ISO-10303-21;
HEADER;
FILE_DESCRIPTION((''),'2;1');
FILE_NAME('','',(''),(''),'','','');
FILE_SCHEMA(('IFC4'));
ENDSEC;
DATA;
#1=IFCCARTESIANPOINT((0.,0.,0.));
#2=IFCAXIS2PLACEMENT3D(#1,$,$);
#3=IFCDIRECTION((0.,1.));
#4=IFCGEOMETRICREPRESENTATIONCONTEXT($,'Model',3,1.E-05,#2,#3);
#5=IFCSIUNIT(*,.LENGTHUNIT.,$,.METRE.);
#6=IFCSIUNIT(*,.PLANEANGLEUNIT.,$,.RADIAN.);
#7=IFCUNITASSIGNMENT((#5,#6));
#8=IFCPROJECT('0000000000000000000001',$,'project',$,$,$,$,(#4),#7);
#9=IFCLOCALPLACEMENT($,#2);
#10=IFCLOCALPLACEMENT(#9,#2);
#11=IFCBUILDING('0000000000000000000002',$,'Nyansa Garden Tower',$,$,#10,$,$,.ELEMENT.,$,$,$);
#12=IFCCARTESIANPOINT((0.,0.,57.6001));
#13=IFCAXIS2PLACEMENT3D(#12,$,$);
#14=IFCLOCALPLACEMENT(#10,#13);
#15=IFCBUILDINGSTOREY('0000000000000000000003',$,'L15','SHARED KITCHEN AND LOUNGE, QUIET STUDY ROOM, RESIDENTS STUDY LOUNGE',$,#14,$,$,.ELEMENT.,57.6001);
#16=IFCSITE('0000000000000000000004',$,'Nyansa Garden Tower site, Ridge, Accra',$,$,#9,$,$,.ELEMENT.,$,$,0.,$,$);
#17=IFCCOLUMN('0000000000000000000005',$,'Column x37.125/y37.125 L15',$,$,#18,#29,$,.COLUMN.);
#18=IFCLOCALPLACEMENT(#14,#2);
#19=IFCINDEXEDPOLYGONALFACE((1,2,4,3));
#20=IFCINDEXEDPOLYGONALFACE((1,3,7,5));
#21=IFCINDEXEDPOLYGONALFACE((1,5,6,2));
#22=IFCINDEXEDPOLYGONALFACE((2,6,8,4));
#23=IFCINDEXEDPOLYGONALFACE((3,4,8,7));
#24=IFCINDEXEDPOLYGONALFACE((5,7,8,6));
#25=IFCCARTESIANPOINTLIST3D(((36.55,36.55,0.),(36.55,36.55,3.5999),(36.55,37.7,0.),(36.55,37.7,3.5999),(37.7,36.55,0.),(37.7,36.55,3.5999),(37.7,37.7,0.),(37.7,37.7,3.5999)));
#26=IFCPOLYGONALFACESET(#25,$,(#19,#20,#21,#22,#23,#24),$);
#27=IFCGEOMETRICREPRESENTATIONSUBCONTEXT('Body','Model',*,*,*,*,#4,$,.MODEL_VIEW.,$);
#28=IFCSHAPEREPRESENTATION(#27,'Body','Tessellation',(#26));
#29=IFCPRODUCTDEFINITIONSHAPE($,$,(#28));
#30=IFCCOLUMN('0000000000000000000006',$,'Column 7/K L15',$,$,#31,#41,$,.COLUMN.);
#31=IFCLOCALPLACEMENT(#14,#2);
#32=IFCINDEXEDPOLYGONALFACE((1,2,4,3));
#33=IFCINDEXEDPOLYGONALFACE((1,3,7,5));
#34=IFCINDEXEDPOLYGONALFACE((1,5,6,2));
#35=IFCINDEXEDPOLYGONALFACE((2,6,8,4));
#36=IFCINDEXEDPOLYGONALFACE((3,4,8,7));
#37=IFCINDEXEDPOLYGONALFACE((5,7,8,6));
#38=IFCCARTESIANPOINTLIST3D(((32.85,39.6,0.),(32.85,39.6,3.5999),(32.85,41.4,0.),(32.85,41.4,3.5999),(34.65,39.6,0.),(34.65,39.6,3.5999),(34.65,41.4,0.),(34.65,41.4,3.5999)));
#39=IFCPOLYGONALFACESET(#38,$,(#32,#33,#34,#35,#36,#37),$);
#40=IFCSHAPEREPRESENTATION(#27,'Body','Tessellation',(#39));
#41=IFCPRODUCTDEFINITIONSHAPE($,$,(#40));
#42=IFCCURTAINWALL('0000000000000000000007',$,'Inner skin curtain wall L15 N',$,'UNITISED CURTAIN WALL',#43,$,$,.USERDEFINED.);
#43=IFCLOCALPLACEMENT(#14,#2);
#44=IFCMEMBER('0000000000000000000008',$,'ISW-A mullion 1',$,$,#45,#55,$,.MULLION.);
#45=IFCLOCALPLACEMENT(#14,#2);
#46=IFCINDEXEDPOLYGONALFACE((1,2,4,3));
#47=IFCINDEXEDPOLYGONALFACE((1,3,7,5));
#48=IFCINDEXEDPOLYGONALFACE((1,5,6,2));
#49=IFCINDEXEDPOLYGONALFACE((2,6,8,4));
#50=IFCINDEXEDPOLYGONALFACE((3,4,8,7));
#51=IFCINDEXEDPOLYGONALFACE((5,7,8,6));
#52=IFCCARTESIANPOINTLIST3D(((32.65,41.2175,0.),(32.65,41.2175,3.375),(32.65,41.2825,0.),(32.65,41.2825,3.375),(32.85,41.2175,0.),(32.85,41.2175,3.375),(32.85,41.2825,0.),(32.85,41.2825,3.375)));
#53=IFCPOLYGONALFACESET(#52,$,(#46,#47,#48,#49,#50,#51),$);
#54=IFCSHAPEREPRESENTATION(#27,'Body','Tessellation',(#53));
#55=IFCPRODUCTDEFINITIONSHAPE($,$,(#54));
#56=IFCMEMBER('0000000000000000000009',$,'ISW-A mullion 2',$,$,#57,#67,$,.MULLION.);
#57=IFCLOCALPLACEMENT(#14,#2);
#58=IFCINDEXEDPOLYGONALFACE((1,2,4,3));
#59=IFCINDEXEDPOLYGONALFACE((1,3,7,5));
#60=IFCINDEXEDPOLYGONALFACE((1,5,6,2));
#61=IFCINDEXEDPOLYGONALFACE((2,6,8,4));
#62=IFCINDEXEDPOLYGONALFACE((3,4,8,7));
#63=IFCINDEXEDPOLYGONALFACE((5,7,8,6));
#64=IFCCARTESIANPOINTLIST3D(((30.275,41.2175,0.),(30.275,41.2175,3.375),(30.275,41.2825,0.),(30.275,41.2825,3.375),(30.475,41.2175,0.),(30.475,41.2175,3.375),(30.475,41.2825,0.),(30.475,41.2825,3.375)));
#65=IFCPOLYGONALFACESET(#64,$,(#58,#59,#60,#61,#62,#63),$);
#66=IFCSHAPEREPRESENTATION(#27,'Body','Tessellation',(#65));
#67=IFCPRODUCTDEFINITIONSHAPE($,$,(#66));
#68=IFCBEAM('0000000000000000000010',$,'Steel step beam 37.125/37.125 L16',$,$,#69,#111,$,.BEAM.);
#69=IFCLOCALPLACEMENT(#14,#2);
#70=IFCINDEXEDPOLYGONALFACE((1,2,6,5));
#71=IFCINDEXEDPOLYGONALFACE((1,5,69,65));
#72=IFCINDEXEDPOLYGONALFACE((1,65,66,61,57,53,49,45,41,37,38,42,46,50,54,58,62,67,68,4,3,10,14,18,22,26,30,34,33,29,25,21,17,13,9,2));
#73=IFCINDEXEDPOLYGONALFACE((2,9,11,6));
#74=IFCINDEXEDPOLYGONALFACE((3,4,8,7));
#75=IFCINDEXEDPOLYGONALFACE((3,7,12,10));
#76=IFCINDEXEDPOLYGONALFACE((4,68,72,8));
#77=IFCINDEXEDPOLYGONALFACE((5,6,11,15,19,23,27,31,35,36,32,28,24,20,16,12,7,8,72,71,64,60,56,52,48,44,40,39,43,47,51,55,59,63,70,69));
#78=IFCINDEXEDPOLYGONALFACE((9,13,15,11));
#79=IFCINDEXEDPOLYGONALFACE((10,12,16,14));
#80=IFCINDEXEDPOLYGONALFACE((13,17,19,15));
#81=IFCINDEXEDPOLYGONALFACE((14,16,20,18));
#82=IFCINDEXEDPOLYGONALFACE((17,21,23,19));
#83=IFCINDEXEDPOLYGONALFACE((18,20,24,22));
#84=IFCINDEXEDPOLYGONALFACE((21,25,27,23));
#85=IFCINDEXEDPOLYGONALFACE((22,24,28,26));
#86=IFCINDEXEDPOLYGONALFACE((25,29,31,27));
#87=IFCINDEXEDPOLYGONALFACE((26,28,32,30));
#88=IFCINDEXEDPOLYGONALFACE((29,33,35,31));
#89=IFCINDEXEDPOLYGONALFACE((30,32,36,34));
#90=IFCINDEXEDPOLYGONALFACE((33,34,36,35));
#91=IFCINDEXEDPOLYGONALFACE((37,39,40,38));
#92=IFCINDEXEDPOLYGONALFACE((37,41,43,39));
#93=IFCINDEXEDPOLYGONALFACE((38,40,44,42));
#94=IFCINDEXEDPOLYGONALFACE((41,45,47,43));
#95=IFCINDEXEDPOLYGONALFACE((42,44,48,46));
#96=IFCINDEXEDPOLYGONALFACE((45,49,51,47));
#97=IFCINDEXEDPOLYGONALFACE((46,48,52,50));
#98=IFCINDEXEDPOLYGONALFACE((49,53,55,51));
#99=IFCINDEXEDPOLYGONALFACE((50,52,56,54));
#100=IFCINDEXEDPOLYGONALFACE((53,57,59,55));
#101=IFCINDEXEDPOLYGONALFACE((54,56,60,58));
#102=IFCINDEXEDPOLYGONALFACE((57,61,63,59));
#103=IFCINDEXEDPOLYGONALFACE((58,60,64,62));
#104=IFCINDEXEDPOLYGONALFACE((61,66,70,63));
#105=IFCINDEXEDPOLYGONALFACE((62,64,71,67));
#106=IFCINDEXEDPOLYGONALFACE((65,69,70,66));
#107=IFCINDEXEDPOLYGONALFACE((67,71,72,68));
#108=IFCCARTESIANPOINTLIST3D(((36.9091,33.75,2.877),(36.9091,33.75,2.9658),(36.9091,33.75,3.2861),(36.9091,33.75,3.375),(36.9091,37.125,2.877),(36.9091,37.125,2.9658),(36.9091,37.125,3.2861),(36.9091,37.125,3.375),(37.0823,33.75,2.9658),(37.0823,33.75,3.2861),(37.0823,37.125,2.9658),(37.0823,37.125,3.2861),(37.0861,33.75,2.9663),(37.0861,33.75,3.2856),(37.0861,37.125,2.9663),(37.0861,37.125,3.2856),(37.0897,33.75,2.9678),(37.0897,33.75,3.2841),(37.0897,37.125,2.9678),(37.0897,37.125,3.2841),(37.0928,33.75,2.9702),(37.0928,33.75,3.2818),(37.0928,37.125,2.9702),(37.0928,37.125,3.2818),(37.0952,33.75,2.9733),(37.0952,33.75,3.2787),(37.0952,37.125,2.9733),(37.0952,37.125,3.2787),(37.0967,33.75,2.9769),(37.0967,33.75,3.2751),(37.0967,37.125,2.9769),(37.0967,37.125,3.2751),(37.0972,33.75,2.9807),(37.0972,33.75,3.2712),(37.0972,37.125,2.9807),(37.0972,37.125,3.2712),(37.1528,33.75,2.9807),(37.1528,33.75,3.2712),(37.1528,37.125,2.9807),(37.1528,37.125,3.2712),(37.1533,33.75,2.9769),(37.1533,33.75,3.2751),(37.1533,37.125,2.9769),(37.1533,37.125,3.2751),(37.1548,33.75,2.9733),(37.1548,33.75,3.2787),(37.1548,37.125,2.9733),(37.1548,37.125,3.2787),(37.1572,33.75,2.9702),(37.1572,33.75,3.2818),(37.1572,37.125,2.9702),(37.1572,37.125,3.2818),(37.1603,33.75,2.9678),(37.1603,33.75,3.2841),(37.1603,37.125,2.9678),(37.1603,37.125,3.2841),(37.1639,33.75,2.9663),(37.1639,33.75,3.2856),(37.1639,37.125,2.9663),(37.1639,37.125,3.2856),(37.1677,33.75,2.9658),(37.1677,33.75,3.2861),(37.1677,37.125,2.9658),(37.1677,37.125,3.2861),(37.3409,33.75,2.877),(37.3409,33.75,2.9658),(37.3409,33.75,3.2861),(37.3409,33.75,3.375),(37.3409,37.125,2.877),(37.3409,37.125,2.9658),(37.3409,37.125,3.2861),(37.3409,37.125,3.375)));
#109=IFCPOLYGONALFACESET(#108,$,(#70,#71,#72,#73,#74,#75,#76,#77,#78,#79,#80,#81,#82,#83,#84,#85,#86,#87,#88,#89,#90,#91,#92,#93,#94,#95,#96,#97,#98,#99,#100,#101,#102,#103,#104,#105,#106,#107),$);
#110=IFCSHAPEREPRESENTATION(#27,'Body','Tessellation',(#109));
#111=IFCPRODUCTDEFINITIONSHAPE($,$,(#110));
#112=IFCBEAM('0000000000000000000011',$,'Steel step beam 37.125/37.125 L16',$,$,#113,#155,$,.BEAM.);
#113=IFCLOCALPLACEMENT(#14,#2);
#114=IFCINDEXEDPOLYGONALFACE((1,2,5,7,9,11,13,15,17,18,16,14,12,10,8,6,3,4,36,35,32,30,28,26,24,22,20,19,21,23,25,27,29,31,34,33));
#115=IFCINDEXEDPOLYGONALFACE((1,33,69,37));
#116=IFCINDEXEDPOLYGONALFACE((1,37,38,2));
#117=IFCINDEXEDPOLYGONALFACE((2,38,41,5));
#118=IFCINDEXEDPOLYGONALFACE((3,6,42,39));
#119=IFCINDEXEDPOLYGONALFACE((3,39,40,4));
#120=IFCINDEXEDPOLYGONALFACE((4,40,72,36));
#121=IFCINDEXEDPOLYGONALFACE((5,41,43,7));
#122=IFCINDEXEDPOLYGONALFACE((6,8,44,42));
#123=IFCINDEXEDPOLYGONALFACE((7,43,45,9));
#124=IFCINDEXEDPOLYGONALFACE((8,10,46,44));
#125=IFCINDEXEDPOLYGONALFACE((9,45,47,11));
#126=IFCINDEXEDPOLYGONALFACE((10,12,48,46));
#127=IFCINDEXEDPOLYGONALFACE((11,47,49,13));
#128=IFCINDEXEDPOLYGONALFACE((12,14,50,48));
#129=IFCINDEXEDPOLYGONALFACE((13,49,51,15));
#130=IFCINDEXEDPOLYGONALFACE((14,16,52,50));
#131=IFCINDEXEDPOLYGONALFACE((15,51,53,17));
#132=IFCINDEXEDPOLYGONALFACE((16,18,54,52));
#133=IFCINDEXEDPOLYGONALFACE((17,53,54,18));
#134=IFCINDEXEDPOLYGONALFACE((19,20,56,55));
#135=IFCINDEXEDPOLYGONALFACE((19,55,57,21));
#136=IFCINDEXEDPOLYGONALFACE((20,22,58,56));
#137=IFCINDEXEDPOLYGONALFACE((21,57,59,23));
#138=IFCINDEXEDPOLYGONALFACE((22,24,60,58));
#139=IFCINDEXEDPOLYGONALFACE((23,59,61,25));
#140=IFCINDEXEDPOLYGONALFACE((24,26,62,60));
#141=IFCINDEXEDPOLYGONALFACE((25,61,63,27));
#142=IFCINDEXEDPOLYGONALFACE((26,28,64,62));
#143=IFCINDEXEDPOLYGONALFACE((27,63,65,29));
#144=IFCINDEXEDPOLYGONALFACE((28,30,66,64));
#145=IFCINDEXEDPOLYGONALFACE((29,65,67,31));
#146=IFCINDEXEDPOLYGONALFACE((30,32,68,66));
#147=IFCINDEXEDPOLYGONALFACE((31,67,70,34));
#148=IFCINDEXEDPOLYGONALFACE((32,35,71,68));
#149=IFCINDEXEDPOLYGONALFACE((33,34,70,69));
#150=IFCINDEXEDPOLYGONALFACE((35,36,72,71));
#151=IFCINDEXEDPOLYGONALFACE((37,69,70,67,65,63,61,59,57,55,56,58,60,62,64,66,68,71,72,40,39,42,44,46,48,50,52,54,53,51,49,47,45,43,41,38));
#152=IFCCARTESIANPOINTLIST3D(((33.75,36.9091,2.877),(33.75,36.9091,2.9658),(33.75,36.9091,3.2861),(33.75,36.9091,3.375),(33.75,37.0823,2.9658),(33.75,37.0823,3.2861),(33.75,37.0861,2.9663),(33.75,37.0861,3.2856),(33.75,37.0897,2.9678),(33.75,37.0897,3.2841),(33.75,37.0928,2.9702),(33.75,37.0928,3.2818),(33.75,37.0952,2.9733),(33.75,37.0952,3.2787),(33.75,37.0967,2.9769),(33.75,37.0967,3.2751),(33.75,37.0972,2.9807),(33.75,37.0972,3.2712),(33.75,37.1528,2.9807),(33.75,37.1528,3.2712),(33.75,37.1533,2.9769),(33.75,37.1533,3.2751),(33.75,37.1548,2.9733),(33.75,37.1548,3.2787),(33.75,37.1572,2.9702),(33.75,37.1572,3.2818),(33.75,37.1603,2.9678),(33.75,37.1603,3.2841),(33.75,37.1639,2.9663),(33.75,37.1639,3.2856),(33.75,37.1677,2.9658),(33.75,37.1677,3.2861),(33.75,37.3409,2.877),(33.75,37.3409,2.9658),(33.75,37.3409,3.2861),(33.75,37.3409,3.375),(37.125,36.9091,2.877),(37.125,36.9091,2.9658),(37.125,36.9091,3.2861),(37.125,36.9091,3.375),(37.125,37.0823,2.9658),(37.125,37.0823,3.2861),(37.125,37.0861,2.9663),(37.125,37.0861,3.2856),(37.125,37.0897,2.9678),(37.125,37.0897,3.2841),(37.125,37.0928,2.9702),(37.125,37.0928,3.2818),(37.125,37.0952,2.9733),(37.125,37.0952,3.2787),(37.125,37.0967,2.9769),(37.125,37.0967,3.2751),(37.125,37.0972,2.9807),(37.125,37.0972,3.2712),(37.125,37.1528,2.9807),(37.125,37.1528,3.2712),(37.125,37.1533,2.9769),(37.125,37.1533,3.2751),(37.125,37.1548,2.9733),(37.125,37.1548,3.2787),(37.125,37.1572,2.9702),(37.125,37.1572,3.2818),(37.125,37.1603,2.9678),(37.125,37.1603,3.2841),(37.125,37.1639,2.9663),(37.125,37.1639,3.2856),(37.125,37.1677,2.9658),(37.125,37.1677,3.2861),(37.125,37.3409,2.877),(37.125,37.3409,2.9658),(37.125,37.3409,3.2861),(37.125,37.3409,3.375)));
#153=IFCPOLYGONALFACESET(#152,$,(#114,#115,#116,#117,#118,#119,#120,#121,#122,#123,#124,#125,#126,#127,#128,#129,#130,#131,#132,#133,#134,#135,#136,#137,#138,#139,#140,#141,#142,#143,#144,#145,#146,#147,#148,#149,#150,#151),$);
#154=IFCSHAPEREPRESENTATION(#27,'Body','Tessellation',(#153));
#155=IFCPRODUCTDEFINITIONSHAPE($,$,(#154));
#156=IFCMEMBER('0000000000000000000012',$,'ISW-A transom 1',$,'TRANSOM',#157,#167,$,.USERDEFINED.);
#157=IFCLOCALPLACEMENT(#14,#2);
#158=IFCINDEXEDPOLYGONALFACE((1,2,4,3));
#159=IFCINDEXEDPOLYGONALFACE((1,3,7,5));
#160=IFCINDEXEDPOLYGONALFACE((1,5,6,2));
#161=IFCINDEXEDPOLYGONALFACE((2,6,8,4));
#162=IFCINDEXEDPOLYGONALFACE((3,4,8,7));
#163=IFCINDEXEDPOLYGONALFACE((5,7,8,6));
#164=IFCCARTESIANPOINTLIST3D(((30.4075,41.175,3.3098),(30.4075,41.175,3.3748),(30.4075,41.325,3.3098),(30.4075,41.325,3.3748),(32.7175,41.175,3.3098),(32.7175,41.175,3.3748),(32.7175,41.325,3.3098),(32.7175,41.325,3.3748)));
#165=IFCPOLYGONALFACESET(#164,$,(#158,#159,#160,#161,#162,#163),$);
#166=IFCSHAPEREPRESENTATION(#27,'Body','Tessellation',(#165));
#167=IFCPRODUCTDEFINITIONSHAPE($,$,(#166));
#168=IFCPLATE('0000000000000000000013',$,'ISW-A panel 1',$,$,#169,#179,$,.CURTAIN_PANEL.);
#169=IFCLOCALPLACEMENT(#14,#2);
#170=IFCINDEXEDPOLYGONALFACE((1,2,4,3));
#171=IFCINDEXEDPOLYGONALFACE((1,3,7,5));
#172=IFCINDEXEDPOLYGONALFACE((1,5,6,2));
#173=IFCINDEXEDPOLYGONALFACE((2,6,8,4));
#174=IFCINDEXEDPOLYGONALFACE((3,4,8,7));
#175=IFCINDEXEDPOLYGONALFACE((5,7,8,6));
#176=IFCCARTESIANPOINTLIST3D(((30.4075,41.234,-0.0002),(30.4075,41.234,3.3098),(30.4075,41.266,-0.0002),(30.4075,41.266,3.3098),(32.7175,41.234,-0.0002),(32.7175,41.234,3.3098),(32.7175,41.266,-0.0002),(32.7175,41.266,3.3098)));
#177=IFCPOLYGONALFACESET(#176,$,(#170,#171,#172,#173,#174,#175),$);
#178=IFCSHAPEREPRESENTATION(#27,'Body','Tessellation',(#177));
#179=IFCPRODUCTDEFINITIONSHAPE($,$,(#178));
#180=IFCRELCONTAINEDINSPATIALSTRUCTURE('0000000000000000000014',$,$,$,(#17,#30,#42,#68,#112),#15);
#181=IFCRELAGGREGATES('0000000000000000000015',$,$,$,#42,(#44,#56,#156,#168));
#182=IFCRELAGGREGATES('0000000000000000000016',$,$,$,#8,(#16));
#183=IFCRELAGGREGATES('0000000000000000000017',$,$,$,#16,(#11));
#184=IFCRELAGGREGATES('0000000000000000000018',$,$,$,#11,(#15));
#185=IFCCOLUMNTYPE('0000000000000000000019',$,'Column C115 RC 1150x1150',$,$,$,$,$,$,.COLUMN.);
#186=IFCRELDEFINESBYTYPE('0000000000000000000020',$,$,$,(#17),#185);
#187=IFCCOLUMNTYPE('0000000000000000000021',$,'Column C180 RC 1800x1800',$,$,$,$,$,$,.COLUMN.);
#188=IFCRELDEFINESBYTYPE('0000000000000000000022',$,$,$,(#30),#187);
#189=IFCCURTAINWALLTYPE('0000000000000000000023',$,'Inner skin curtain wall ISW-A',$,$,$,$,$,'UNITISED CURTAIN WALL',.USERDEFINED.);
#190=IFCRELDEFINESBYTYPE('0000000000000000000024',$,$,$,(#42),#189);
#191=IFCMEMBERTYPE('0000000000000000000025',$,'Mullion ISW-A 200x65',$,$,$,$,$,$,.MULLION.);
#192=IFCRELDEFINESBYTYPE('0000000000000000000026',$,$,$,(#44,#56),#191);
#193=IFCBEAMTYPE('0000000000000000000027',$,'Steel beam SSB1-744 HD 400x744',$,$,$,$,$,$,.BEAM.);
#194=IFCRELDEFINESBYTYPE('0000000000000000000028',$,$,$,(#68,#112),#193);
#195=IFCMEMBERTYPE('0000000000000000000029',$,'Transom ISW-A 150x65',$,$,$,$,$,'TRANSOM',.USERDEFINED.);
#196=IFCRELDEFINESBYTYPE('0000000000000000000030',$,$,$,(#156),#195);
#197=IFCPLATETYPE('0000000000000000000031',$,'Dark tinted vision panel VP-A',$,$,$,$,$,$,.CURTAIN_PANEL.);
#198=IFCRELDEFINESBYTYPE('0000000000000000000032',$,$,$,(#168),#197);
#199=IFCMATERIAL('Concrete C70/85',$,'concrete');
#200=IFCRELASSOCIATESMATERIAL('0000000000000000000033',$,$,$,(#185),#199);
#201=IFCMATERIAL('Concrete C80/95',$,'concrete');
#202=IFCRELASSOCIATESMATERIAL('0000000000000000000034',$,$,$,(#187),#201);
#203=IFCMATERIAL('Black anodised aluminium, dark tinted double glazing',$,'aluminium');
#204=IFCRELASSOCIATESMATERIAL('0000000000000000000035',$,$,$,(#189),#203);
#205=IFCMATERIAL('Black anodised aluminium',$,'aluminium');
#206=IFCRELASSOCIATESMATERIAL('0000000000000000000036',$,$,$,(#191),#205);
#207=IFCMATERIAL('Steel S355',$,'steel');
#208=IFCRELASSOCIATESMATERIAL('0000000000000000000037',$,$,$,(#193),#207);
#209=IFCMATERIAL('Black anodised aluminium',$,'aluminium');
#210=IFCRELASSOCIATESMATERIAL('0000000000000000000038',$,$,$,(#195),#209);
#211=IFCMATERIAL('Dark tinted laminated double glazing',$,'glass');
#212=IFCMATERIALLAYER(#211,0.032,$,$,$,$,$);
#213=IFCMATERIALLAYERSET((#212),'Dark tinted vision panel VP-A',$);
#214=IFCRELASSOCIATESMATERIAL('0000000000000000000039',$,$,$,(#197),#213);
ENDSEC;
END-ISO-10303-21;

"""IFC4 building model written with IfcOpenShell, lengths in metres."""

from ifc_helpers import new_model, si_unit, direction, frame, origin, origin_2d, place, context, subcontext, project, spatial, rectangle, i_section, extrude, material, layer, layer_set, material_profile, profile_set, type_object, element, aggregate, save


model = new_model("IFC4")

# Units and contexts
model_context = context("Model", 3, precision=1e-05, world=origin(), true_north=direction((0.0, 1.0)))
body_context = subcontext(model_context, "Body", "Model", "MODEL_VIEW")
ifc_project = project(units=[si_unit("LENGTHUNIT", "METRE"), si_unit("PLANEANGLEUNIT", "RADIAN")], contexts=[model_context])

# Site, building, storey
site_placement = place(None, origin())
site = spatial("IfcSite", under=ifc_project, at=site_placement, Name="Nyansa Garden Tower site, Ridge, Accra", CompositionType="ELEMENT", RefElevation=0.0)
building_placement = place(site_placement, origin())
building = spatial("IfcBuilding", under=site, at=building_placement, Name="Nyansa Garden Tower", CompositionType="ELEMENT")
storey_placement = place(building_placement, frame((0.0, 0.0, 57.6001)))
storey = spatial("IfcBuildingStorey", under=building, at=storey_placement, Name="L15", Description="SHARED KITCHEN AND LOUNGE, QUIET STUDY ROOM, RESIDENTS STUDY LOUNGE", CompositionType="ELEMENT", Elevation=57.6001)

# Columns
ifc_material_1 = material(Name="Concrete C70/85", Category="concrete")
ifc_material_profile_1 = material_profile(ifc_material_1, rectangle(XDim=1.1499, YDim=1.1499, at=origin_2d()), Name="RC 1150x1150")
ifc_profile_set_1 = profile_set([ifc_material_profile_1], Name="Concrete C70/85")
column_type_1 = type_object("IfcColumnType", Name="Column C115 RC 1150x1150", PredefinedType="COLUMN", material=ifc_profile_set_1)
column_1_placement = place(storey_placement, frame((37.125, 37.125, 0.0), z_axis=(0.0, 0.0, 1.0), x_axis=(1.0, 0.0, 0.0)))
element("IfcColumn", 1, at=column_1_placement, inside=storey, type_object=column_type_1, Name="Column x37.125/y37.125 L15", PredefinedType="COLUMN", context=body_context, shape_type="SweptSolid", body=[
    extrude(rectangle(XDim=1.1499, YDim=1.1499, at=origin_2d()), origin(), (0.0, 0.0, 1.0), 3.5999),
])
ifc_material_2 = material(Name="Concrete C80/95", Category="concrete")
ifc_material_profile_2 = material_profile(ifc_material_2, rectangle(XDim=1.8, YDim=1.8, at=origin_2d()), Name="RC 1800x1800")
ifc_profile_set_2 = profile_set([ifc_material_profile_2], Name="Concrete C80/95")
column_type_2 = type_object("IfcColumnType", Name="Column C180 RC 1800x1800", PredefinedType="COLUMN", material=ifc_profile_set_2)
column_2_placement = place(storey_placement, frame((33.75, 40.5, 0.0), z_axis=(0.0, 0.0, 1.0), x_axis=(1.0, 0.0, 0.0)))
element("IfcColumn", 2, at=column_2_placement, inside=storey, type_object=column_type_2, Name="Column 7/K L15", PredefinedType="COLUMN", context=body_context, shape_type="SweptSolid", body=[
    extrude(rectangle(XDim=1.8, YDim=1.8, at=origin_2d()), origin(), (0.0, 0.0, 1.0), 3.5999),
])

# Curtain wall, members
ifc_material_3 = material(Name="Black anodised aluminium, dark tinted double glazing", Category="aluminium")
curtain_wall_type = type_object("IfcCurtainWallType", Name="Inner skin curtain wall ISW-A", ElementType="UNITISED CURTAIN WALL", PredefinedType="USERDEFINED", material=ifc_material_3)
curtain_wall_placement = place(storey_placement, origin())
curtain_wall = element("IfcCurtainWall", 3, at=curtain_wall_placement, inside=storey, type_object=curtain_wall_type, Name="Inner skin curtain wall L15 N", ObjectType="UNITISED CURTAIN WALL", PredefinedType="USERDEFINED")
ifc_material_4 = material(Name="Black anodised aluminium", Category="aluminium")
ifc_material_profile_3 = material_profile(ifc_material_4, rectangle(XDim=0.0649, YDim=0.2, at=origin_2d()), Name="Mullion 200x65")
ifc_profile_set_3 = profile_set([ifc_material_profile_3], Name="Black anodised aluminium")
member_type_1 = type_object("IfcMemberType", Name="Mullion ISW-A 200x65", PredefinedType="MULLION", material=ifc_profile_set_3)
member_1_placement = place(storey_placement, frame((32.75, 41.25, 0.0), z_axis=(0.0, 0.0, 1.0), x_axis=(0.0, -1.0, 0.0)))
member_1 = element("IfcMember", 4, at=member_1_placement, type_object=member_type_1, Name="ISW-A mullion 1", PredefinedType="MULLION", context=body_context, shape_type="SweptSolid", body=[
    extrude(rectangle(XDim=0.0649, YDim=0.2, at=origin_2d()), origin(), (0.0, 0.0, 1.0), 3.375),
])
member_2_placement = place(storey_placement, frame((30.375, 41.25, 0.0), z_axis=(0.0, 0.0, 1.0), x_axis=(0.0, -1.0, 0.0)))
member_2 = element("IfcMember", 5, at=member_2_placement, type_object=member_type_1, Name="ISW-A mullion 2", PredefinedType="MULLION", context=body_context, shape_type="SweptSolid", body=[
    extrude(rectangle(XDim=0.0649, YDim=0.2, at=origin_2d()), origin(), (0.0, 0.0, 1.0), 3.375),
])

# Beams
ifc_material_5 = material(Name="Steel S355", Category="steel")
ifc_material_profile_4 = material_profile(ifc_material_5, i_section(OverallWidth=0.4319, OverallDepth=0.498, WebThickness=0.0557, FlangeThickness=0.0889, FilletRadius=0.0149, at=origin_2d()), Name="HD 400x744")
ifc_profile_set_4 = profile_set([ifc_material_profile_4], Name="Steel S355")
beam_type = type_object("IfcBeamType", Name="Steel beam SSB1-744 HD 400x744", PredefinedType="BEAM", material=ifc_profile_set_4)
for number, where, z_axis, x_axis, name in (
    (6, (37.125, 37.125, 3.126), (0.0, -1.0, 0.0), (1.0, 0.0, 0.0), "Steel step beam 37.125/37.125 L16"),
    (7, (37.125, 37.125, 3.126), (-1.0, 0.0, 0.0), (0.0, -1.0, 0.0), "Steel step beam 37.125/37.125 L16"),
):
    element("IfcBeam", number, at=place(storey_placement, frame(where, z_axis=z_axis, x_axis=x_axis)), inside=storey, type_object=beam_type, Name=name, PredefinedType="BEAM", context=body_context, shape_type="SweptSolid", body=[
        extrude(i_section(OverallWidth=0.4319, OverallDepth=0.498, WebThickness=0.0557, FlangeThickness=0.0889, FilletRadius=0.0149, at=origin_2d()), origin(), (0.0, 0.0, 1.0), 3.375),
    ])

# Member
ifc_material_6 = material(Name="Black anodised aluminium", Category="aluminium")
ifc_material_profile_5 = material_profile(ifc_material_6, rectangle(XDim=0.1499, YDim=0.0649, at=origin_2d()), Name="Transom 150x65")
ifc_profile_set_5 = profile_set([ifc_material_profile_5], Name="Black anodised aluminium")
member_type_2 = type_object("IfcMemberType", Name="Transom ISW-A 150x65", ElementType="TRANSOM", PredefinedType="USERDEFINED", material=ifc_profile_set_5)
member_3_placement = place(storey_placement, frame((32.7175, 41.25, 3.3423), z_axis=(-1.0, 0.0, 0.0), x_axis=(0.0, -1.0, 0.0)))
member_3 = element("IfcMember", 8, at=member_3_placement, type_object=member_type_2, Name="ISW-A transom 1", ObjectType="TRANSOM", PredefinedType="USERDEFINED", context=body_context, shape_type="SweptSolid", body=[
    extrude(rectangle(XDim=0.1499, YDim=0.0649, at=origin_2d()), origin(), (0.0, 0.0, 1.0), 2.3101),
])

# Plate
ifc_material_7 = material(Name="Dark tinted laminated double glazing", Category="glass")
ifc_layer_1 = layer(ifc_material_7, 0.032)
ifc_layer_set_1 = layer_set([ifc_layer_1], Name="Dark tinted vision panel VP-A")
plate_type = type_object("IfcPlateType", Name="Dark tinted vision panel VP-A", PredefinedType="CURTAIN_PANEL", material=ifc_layer_set_1)
plate_placement = place(storey_placement, frame((31.5625, 41.25, -0.0002), z_axis=(0.0, 0.0, 1.0), x_axis=(-1.0, 0.0, 0.0)))
plate = element("IfcPlate", 9, at=plate_placement, type_object=plate_type, Name="ISW-A panel 1", PredefinedType="CURTAIN_PANEL", context=body_context, shape_type="SweptSolid", body=[
    extrude(rectangle(XDim=2.3101, YDim=0.032, at=origin_2d()), origin(), (0.0, 0.0, 1.0), 3.3101),
])
aggregate(curtain_wall, [member_1, member_2, member_3, plate])

save(model, "model.ifc")
